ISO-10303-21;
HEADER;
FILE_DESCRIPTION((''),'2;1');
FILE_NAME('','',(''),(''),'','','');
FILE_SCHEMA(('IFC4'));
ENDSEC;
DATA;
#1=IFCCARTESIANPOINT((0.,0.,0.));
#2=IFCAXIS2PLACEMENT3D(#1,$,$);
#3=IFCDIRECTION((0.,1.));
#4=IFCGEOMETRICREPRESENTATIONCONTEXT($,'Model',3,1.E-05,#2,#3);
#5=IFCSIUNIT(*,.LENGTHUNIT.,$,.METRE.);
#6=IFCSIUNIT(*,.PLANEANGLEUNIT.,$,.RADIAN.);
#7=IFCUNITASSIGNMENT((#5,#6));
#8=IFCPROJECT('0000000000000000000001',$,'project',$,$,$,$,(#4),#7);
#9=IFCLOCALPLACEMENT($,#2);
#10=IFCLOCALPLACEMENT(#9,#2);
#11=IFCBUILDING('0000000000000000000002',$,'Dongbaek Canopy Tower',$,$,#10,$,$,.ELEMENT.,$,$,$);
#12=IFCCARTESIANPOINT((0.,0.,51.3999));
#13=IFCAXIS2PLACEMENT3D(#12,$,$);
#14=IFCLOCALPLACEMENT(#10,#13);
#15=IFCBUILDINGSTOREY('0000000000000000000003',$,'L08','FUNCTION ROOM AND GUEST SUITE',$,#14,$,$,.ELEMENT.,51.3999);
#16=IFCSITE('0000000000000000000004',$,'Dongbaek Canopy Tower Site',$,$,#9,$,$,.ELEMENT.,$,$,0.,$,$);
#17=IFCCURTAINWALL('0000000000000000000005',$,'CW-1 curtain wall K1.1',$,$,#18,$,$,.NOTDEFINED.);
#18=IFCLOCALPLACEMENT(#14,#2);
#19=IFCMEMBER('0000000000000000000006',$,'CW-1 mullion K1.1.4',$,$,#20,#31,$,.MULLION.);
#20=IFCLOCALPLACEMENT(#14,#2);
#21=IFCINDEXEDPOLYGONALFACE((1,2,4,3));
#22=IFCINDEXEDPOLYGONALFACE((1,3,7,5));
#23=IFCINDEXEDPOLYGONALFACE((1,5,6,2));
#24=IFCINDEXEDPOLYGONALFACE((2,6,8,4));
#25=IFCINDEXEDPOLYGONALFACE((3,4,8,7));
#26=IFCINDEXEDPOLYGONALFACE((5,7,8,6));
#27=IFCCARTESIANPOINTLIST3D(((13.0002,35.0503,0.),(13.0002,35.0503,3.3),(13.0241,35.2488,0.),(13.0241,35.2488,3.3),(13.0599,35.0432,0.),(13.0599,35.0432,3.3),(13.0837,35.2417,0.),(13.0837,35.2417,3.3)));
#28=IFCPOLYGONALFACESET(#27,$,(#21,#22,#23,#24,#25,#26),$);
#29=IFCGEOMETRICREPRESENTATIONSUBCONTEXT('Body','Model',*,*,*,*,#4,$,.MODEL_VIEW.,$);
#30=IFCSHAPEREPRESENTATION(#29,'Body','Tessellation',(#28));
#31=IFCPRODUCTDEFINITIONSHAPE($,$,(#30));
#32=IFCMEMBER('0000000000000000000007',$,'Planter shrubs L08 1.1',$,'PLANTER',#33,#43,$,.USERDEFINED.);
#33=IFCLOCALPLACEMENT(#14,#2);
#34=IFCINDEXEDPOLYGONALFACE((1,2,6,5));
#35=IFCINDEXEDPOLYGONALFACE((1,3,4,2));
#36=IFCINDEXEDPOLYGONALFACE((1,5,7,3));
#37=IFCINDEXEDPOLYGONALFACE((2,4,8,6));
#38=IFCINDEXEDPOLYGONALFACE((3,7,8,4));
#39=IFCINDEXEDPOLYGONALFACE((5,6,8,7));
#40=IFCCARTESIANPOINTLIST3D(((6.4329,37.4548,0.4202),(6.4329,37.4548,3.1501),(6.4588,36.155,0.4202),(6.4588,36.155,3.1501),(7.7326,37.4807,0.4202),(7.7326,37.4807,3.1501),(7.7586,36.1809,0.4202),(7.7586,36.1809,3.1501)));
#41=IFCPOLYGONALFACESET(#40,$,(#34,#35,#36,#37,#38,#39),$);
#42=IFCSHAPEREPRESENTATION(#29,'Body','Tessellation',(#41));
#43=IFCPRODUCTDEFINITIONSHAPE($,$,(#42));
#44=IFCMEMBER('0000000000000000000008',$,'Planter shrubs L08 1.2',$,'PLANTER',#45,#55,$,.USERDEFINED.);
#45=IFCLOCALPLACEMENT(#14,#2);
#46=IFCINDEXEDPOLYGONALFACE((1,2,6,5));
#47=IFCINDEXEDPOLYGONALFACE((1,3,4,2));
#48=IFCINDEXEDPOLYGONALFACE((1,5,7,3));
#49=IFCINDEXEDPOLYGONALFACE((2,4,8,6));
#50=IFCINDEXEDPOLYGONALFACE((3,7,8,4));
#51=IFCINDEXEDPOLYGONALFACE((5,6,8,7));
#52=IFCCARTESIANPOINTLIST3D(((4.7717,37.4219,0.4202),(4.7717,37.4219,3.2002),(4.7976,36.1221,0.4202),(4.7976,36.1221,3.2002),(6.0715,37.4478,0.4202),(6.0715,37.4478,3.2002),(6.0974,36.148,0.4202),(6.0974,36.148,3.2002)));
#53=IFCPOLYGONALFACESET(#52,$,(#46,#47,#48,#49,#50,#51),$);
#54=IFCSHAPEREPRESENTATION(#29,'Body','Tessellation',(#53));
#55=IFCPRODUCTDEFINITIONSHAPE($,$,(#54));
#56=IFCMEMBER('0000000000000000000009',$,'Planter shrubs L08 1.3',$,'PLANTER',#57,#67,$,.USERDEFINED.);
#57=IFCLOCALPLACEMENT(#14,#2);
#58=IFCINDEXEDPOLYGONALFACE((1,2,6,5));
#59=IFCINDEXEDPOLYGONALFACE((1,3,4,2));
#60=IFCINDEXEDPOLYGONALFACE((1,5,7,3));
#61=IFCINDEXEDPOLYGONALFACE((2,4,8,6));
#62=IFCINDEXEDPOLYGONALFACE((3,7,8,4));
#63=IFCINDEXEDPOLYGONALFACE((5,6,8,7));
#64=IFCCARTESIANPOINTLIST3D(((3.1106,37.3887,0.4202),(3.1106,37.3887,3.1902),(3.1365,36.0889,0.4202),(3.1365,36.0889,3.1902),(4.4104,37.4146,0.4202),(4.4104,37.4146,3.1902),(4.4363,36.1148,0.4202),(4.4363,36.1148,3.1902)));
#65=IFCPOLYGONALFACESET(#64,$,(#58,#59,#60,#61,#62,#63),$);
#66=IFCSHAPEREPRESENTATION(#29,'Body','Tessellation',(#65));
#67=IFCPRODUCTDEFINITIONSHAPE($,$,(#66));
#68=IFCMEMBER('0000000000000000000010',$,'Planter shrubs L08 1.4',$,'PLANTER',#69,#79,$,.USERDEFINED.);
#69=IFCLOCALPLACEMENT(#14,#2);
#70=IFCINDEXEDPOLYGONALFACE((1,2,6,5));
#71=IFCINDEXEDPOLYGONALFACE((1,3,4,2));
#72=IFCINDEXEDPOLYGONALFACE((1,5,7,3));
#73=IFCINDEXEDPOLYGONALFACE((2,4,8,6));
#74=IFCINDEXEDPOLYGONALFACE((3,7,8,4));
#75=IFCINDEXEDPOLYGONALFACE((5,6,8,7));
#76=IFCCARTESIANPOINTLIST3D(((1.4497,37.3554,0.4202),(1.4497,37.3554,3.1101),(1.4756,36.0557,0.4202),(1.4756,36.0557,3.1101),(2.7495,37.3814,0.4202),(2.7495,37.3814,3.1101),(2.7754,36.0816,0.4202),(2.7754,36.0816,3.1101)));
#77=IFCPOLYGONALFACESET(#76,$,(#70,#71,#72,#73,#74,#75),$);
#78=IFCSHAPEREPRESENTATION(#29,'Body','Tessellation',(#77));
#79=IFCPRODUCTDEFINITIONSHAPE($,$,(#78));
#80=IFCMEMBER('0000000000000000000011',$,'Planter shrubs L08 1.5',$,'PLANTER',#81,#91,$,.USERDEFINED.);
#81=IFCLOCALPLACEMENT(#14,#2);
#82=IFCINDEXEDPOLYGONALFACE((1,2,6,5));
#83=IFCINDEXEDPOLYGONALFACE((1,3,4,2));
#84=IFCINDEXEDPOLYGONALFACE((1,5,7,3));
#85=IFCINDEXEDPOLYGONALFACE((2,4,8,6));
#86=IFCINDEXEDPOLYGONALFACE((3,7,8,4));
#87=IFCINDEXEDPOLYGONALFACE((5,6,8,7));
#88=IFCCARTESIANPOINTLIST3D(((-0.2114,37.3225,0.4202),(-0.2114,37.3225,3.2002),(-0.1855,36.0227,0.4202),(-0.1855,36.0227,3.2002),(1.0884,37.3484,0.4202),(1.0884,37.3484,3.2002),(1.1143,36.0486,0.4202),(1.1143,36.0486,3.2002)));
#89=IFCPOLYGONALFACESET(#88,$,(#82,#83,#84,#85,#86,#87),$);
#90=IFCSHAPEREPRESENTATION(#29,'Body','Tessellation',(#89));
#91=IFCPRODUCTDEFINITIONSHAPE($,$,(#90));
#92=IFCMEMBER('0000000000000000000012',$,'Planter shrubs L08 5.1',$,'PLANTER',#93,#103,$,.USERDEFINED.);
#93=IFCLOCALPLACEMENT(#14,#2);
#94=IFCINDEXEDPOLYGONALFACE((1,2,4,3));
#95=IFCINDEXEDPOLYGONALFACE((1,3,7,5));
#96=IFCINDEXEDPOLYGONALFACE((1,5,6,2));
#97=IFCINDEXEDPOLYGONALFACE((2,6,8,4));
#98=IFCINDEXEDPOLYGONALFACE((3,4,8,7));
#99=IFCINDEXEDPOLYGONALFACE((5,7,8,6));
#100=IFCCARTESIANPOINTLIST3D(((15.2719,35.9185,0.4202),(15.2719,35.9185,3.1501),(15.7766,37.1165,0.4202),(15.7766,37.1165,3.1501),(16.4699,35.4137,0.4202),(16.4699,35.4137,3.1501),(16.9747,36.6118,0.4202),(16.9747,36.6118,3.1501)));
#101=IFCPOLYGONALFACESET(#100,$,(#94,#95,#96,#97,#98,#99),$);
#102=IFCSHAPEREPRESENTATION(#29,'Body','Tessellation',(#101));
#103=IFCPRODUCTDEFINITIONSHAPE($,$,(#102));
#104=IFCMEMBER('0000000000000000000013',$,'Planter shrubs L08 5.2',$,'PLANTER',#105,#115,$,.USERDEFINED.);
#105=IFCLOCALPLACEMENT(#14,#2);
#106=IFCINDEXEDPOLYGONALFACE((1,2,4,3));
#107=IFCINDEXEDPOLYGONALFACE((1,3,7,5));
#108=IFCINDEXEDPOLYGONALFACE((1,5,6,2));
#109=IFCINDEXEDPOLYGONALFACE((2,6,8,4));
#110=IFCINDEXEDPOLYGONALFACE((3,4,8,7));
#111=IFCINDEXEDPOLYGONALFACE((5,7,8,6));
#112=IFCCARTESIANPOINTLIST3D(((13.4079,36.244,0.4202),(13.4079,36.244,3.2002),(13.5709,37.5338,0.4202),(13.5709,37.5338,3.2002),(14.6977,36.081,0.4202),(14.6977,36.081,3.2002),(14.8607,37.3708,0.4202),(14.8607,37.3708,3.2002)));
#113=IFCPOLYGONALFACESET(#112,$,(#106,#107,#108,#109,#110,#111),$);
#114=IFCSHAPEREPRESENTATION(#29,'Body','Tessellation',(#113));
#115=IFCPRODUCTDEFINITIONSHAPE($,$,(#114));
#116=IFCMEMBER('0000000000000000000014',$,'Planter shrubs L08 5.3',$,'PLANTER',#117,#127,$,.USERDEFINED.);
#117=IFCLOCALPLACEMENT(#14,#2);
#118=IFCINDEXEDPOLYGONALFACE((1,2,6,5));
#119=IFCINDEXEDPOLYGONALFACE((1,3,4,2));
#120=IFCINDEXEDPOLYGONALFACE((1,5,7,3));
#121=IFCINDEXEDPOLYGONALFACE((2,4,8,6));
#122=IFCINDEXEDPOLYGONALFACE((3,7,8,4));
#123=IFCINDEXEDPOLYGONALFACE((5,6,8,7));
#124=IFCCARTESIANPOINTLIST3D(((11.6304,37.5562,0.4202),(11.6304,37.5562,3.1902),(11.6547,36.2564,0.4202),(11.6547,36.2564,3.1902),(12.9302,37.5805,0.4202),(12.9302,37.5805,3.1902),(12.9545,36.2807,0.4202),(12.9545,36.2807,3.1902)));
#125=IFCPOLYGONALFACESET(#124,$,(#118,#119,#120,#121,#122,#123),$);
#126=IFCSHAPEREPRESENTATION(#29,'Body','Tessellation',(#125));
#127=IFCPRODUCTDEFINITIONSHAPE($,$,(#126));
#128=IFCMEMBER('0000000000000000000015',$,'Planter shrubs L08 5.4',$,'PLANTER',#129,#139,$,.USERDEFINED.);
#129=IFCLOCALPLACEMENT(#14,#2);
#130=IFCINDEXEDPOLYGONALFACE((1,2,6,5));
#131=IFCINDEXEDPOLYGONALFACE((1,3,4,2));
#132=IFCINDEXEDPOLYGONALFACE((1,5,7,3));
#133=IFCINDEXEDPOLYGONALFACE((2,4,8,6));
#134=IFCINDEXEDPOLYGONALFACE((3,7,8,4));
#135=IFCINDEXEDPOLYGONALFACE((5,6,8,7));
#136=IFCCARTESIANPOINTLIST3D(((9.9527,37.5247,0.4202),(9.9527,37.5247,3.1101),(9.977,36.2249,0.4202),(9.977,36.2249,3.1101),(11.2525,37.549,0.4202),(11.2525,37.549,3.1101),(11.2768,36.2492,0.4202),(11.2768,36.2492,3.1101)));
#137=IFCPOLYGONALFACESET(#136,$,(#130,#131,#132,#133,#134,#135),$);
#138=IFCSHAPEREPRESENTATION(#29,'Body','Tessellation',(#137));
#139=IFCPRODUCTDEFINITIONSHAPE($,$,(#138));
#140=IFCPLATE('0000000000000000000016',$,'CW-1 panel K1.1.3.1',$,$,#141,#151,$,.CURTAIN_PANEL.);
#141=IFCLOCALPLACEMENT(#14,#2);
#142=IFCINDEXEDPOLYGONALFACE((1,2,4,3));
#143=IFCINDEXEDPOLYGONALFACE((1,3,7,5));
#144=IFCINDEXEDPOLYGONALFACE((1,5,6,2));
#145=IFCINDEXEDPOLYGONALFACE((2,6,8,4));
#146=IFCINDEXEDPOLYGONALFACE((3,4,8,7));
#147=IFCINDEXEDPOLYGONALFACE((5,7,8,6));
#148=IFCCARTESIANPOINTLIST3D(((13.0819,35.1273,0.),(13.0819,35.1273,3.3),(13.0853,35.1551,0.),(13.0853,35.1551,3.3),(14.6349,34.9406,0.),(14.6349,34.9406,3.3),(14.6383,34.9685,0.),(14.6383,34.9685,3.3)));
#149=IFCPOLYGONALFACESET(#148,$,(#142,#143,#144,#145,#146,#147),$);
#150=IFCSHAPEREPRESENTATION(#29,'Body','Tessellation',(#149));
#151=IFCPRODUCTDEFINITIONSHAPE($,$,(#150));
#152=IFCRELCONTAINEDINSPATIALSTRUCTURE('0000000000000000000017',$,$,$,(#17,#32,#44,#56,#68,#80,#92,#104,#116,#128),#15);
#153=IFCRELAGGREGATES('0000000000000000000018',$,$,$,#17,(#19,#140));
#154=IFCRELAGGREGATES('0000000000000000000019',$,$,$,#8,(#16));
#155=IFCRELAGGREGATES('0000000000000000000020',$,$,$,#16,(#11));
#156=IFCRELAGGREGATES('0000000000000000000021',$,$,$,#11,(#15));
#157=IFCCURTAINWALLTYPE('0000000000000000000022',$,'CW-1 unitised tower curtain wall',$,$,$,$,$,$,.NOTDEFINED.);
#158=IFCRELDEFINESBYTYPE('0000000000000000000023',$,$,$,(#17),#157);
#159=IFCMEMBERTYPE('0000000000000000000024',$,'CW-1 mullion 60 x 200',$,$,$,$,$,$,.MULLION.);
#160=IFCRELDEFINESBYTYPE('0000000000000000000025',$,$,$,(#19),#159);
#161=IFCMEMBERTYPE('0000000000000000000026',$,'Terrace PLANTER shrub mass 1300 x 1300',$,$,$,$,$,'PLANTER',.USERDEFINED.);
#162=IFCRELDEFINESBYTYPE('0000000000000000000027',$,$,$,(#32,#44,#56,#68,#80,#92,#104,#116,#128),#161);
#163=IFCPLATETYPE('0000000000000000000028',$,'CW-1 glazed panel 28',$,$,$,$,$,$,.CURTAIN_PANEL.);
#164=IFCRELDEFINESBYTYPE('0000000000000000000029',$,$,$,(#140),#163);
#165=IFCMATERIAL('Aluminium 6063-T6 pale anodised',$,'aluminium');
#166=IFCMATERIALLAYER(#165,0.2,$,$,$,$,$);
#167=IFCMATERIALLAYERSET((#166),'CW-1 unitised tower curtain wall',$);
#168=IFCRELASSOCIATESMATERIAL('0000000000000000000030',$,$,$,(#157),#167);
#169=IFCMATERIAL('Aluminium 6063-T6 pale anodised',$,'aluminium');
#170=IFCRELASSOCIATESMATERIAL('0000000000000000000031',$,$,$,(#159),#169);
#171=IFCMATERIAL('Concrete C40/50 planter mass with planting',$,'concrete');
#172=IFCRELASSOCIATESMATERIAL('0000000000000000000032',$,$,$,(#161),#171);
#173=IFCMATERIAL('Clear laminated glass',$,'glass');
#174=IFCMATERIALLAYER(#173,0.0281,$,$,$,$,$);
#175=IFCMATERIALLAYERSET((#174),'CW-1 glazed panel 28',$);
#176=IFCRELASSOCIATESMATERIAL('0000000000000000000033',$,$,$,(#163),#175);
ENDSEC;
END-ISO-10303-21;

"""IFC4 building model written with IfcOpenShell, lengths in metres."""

from ifc_helpers import new_model, si_unit, direction, frame, origin, origin_2d, place, context, subcontext, project, spatial, rectangle, extrude, material, layer, layer_set, material_profile, profile_set, type_object, element, aggregate, save


model = new_model("IFC4")

# Units and contexts
model_context = context("Model", 3, precision=1e-05, world=origin(), true_north=direction((0.0, 1.0)))
body_context = subcontext(model_context, "Body", "Model", "MODEL_VIEW")
ifc_project = project(units=[si_unit("LENGTHUNIT", "METRE"), si_unit("PLANEANGLEUNIT", "RADIAN")], contexts=[model_context])

# Site, building, storey
site_placement = place(None, origin())
site = spatial("IfcSite", under=ifc_project, at=site_placement, Name="Dongbaek Canopy Tower Site", CompositionType="ELEMENT", RefElevation=0.0)
building_placement = place(site_placement, origin())
building = spatial("IfcBuilding", under=site, at=building_placement, Name="Dongbaek Canopy Tower", CompositionType="ELEMENT")
storey_placement = place(building_placement, frame((0.0, 0.0, 51.3999)))
storey = spatial("IfcBuildingStorey", under=building, at=storey_placement, Name="L08", Description="FUNCTION ROOM AND GUEST SUITE", CompositionType="ELEMENT", Elevation=51.3999)

# Curtain wall, member
ifc_material_1 = material(Name="Aluminium 6063-T6 pale anodised", Category="aluminium")
ifc_layer_1 = layer(ifc_material_1, 0.2)
ifc_layer_set_1 = layer_set([ifc_layer_1], Name="CW-1 unitised tower curtain wall")
curtain_wall_type = type_object("IfcCurtainWallType", Name="CW-1 unitised tower curtain wall", PredefinedType="NOTDEFINED", material=ifc_layer_set_1)
curtain_wall_placement = place(storey_placement, origin())
curtain_wall = element("IfcCurtainWall", 1, at=curtain_wall_placement, inside=storey, type_object=curtain_wall_type, Name="CW-1 curtain wall K1.1", PredefinedType="NOTDEFINED")
ifc_material_2 = material(Name="Aluminium 6063-T6 pale anodised", Category="aluminium")
ifc_material_profile_1 = material_profile(ifc_material_2, rectangle(XDim=0.2, YDim=0.0601, at=origin_2d()), Name="CW-1 mullion 60 x 200")
ifc_profile_set_1 = profile_set([ifc_material_profile_1], Name="Aluminium 6063-T6 pale anodised")
member_type_1 = type_object("IfcMemberType", Name="CW-1 mullion 60 x 200", PredefinedType="MULLION", material=ifc_profile_set_1)
member_1_placement = place(storey_placement, frame((13.042, 35.146, 0.0), z_axis=(0.0, 0.0, 1.0), x_axis=(0.119342, 0.992853, 0.0)))
member_1 = element("IfcMember", 2, at=member_1_placement, type_object=member_type_1, Name="CW-1 mullion K1.1.4", PredefinedType="MULLION", context=body_context, shape_type="SweptSolid", body=[
    extrude(rectangle(XDim=0.2, YDim=0.0601, at=origin_2d()), origin(), (0.0, 0.0, 1.0), 3.3),
])

# Members
ifc_material_3 = material(Name="Concrete C40/50 planter mass with planting", Category="concrete")
ifc_material_profile_2 = material_profile(ifc_material_3, rectangle(XDim=1.3, YDim=1.3, at=origin_2d()), Name="Terrace PLANTER shrub mass 1300 x 1300")
ifc_profile_set_2 = profile_set([ifc_material_profile_2], Name="Concrete C40/50 planter mass with planting")
member_type_2 = type_object("IfcMemberType", Name="Terrace PLANTER shrub mass 1300 x 1300", ElementType="PLANTER", PredefinedType="USERDEFINED", material=ifc_profile_set_2)
member_2_placement = place(storey_placement, frame((7.0957, 36.8179, 0.4202), z_axis=(0.0, 0.0, 1.0), x_axis=(-0.019926, 0.999801, 0.0)))
element("IfcMember", 3, at=member_2_placement, inside=storey, type_object=member_type_2, Name="Planter shrubs L08 1.1", ObjectType="PLANTER", PredefinedType="USERDEFINED", context=body_context, shape_type="SweptSolid", body=[
    extrude(rectangle(XDim=1.3, YDim=1.3, at=origin_2d()), origin(), (0.0, 0.0, 1.0), 2.73),
])
member_3_placement = place(storey_placement, frame((5.4346, 36.7849, 0.4202), z_axis=(0.0, 0.0, 1.0), x_axis=(-0.019926, 0.999801, 0.0)))
element("IfcMember", 4, at=member_3_placement, inside=storey, type_object=member_type_2, Name="Planter shrubs L08 1.2", ObjectType="PLANTER", PredefinedType="USERDEFINED", context=body_context, shape_type="SweptSolid", body=[
    extrude(rectangle(XDim=1.3, YDim=1.3, at=origin_2d()), origin(), (0.0, 0.0, 1.0), 2.78),
])
member_4_placement = place(storey_placement, frame((3.7734, 36.7517, 0.4202), z_axis=(0.0, 0.0, 1.0), x_axis=(-0.019926, 0.999801, 0.0)))
element("IfcMember", 5, at=member_4_placement, inside=storey, type_object=member_type_2, Name="Planter shrubs L08 1.3", ObjectType="PLANTER", PredefinedType="USERDEFINED", context=body_context, shape_type="SweptSolid", body=[
    extrude(rectangle(XDim=1.3, YDim=1.3, at=origin_2d()), origin(), (0.0, 0.0, 1.0), 2.77),
])
member_5_placement = place(storey_placement, frame((2.1125, 36.7185, 0.4202), z_axis=(0.0, 0.0, 1.0), x_axis=(-0.019926, 0.999801, 0.0)))
element("IfcMember", 6, at=member_5_placement, inside=storey, type_object=member_type_2, Name="Planter shrubs L08 1.4", ObjectType="PLANTER", PredefinedType="USERDEFINED", context=body_context, shape_type="SweptSolid", body=[
    extrude(rectangle(XDim=1.3, YDim=1.3, at=origin_2d()), origin(), (0.0, 0.0, 1.0), 2.6899),
])
member_6_placement = place(storey_placement, frame((0.4514, 36.6855, 0.4202), z_axis=(0.0, 0.0, 1.0), x_axis=(-0.019926, 0.999801, 0.0)))
element("IfcMember", 7, at=member_6_placement, inside=storey, type_object=member_type_2, Name="Planter shrubs L08 1.5", ObjectType="PLANTER", PredefinedType="USERDEFINED", context=body_context, shape_type="SweptSolid", body=[
    extrude(rectangle(XDim=1.3, YDim=1.3, at=origin_2d()), origin(), (0.0, 0.0, 1.0), 2.78),
])
member_7_placement = place(storey_placement, frame((16.1233, 36.2651, 0.4202), z_axis=(0.0, 0.0, 1.0), x_axis=(0.388254, 0.921552, 0.0)))
element("IfcMember", 8, at=member_7_placement, inside=storey, type_object=member_type_2, Name="Planter shrubs L08 5.1", ObjectType="PLANTER", PredefinedType="USERDEFINED", context=body_context, shape_type="SweptSolid", body=[
    extrude(rectangle(XDim=1.3, YDim=1.3, at=origin_2d()), origin(), (0.0, 0.0, 1.0), 2.73),
])
member_8_placement = place(storey_placement, frame((14.1343, 36.8074, 0.4202), z_axis=(0.0, 0.0, 1.0), x_axis=(0.125388, 0.992108, 0.0)))
element("IfcMember", 9, at=member_8_placement, inside=storey, type_object=member_type_2, Name="Planter shrubs L08 5.2", ObjectType="PLANTER", PredefinedType="USERDEFINED", context=body_context, shape_type="SweptSolid", body=[
    extrude(rectangle(XDim=1.3, YDim=1.3, at=origin_2d()), origin(), (0.0, 0.0, 1.0), 2.78),
])
member_9_placement = place(storey_placement, frame((12.2925, 36.9185, 0.4202), z_axis=(0.0, 0.0, 1.0), x_axis=(-0.018701, 0.999825, 0.0)))
element("IfcMember", 10, at=member_9_placement, inside=storey, type_object=member_type_2, Name="Planter shrubs L08 5.3", ObjectType="PLANTER", PredefinedType="USERDEFINED", context=body_context, shape_type="SweptSolid", body=[
    extrude(rectangle(XDim=1.3, YDim=1.3, at=origin_2d()), origin(), (0.0, 0.0, 1.0), 2.77),
])
member_10_placement = place(storey_placement, frame((10.6147, 36.887, 0.4202), z_axis=(0.0, 0.0, 1.0), x_axis=(-0.018701, 0.999825, 0.0)))
element("IfcMember", 11, at=member_10_placement, inside=storey, type_object=member_type_2, Name="Planter shrubs L08 5.4", ObjectType="PLANTER", PredefinedType="USERDEFINED", context=body_context, shape_type="SweptSolid", body=[
    extrude(rectangle(XDim=1.3, YDim=1.3, at=origin_2d()), origin(), (0.0, 0.0, 1.0), 2.6899),
])

# Plate
ifc_material_4 = material(Name="Clear laminated glass", Category="glass")
ifc_layer_2 = layer(ifc_material_4, 0.0281)
ifc_layer_set_2 = layer_set([ifc_layer_2], Name="CW-1 glazed panel 28")
plate_type = type_object("IfcPlateType", Name="CW-1 glazed panel 28", PredefinedType="CURTAIN_PANEL", material=ifc_layer_set_2)
plate_placement = place(storey_placement, frame((13.8601, 35.0479, 0.0), z_axis=(0.0, 0.0, 1.0), x_axis=(-0.992853, 0.119342, 0.0)))
plate = element("IfcPlate", 12, at=plate_placement, type_object=plate_type, Name="CW-1 panel K1.1.3.1", PredefinedType="CURTAIN_PANEL", context=body_context, shape_type="SweptSolid", body=[
    extrude(rectangle(XDim=1.5642, YDim=0.0281, at=origin_2d()), origin(), (0.0, 0.0, 1.0), 3.3),
])
aggregate(curtain_wall, [member_1, plate])

save(model, "model.ifc")
